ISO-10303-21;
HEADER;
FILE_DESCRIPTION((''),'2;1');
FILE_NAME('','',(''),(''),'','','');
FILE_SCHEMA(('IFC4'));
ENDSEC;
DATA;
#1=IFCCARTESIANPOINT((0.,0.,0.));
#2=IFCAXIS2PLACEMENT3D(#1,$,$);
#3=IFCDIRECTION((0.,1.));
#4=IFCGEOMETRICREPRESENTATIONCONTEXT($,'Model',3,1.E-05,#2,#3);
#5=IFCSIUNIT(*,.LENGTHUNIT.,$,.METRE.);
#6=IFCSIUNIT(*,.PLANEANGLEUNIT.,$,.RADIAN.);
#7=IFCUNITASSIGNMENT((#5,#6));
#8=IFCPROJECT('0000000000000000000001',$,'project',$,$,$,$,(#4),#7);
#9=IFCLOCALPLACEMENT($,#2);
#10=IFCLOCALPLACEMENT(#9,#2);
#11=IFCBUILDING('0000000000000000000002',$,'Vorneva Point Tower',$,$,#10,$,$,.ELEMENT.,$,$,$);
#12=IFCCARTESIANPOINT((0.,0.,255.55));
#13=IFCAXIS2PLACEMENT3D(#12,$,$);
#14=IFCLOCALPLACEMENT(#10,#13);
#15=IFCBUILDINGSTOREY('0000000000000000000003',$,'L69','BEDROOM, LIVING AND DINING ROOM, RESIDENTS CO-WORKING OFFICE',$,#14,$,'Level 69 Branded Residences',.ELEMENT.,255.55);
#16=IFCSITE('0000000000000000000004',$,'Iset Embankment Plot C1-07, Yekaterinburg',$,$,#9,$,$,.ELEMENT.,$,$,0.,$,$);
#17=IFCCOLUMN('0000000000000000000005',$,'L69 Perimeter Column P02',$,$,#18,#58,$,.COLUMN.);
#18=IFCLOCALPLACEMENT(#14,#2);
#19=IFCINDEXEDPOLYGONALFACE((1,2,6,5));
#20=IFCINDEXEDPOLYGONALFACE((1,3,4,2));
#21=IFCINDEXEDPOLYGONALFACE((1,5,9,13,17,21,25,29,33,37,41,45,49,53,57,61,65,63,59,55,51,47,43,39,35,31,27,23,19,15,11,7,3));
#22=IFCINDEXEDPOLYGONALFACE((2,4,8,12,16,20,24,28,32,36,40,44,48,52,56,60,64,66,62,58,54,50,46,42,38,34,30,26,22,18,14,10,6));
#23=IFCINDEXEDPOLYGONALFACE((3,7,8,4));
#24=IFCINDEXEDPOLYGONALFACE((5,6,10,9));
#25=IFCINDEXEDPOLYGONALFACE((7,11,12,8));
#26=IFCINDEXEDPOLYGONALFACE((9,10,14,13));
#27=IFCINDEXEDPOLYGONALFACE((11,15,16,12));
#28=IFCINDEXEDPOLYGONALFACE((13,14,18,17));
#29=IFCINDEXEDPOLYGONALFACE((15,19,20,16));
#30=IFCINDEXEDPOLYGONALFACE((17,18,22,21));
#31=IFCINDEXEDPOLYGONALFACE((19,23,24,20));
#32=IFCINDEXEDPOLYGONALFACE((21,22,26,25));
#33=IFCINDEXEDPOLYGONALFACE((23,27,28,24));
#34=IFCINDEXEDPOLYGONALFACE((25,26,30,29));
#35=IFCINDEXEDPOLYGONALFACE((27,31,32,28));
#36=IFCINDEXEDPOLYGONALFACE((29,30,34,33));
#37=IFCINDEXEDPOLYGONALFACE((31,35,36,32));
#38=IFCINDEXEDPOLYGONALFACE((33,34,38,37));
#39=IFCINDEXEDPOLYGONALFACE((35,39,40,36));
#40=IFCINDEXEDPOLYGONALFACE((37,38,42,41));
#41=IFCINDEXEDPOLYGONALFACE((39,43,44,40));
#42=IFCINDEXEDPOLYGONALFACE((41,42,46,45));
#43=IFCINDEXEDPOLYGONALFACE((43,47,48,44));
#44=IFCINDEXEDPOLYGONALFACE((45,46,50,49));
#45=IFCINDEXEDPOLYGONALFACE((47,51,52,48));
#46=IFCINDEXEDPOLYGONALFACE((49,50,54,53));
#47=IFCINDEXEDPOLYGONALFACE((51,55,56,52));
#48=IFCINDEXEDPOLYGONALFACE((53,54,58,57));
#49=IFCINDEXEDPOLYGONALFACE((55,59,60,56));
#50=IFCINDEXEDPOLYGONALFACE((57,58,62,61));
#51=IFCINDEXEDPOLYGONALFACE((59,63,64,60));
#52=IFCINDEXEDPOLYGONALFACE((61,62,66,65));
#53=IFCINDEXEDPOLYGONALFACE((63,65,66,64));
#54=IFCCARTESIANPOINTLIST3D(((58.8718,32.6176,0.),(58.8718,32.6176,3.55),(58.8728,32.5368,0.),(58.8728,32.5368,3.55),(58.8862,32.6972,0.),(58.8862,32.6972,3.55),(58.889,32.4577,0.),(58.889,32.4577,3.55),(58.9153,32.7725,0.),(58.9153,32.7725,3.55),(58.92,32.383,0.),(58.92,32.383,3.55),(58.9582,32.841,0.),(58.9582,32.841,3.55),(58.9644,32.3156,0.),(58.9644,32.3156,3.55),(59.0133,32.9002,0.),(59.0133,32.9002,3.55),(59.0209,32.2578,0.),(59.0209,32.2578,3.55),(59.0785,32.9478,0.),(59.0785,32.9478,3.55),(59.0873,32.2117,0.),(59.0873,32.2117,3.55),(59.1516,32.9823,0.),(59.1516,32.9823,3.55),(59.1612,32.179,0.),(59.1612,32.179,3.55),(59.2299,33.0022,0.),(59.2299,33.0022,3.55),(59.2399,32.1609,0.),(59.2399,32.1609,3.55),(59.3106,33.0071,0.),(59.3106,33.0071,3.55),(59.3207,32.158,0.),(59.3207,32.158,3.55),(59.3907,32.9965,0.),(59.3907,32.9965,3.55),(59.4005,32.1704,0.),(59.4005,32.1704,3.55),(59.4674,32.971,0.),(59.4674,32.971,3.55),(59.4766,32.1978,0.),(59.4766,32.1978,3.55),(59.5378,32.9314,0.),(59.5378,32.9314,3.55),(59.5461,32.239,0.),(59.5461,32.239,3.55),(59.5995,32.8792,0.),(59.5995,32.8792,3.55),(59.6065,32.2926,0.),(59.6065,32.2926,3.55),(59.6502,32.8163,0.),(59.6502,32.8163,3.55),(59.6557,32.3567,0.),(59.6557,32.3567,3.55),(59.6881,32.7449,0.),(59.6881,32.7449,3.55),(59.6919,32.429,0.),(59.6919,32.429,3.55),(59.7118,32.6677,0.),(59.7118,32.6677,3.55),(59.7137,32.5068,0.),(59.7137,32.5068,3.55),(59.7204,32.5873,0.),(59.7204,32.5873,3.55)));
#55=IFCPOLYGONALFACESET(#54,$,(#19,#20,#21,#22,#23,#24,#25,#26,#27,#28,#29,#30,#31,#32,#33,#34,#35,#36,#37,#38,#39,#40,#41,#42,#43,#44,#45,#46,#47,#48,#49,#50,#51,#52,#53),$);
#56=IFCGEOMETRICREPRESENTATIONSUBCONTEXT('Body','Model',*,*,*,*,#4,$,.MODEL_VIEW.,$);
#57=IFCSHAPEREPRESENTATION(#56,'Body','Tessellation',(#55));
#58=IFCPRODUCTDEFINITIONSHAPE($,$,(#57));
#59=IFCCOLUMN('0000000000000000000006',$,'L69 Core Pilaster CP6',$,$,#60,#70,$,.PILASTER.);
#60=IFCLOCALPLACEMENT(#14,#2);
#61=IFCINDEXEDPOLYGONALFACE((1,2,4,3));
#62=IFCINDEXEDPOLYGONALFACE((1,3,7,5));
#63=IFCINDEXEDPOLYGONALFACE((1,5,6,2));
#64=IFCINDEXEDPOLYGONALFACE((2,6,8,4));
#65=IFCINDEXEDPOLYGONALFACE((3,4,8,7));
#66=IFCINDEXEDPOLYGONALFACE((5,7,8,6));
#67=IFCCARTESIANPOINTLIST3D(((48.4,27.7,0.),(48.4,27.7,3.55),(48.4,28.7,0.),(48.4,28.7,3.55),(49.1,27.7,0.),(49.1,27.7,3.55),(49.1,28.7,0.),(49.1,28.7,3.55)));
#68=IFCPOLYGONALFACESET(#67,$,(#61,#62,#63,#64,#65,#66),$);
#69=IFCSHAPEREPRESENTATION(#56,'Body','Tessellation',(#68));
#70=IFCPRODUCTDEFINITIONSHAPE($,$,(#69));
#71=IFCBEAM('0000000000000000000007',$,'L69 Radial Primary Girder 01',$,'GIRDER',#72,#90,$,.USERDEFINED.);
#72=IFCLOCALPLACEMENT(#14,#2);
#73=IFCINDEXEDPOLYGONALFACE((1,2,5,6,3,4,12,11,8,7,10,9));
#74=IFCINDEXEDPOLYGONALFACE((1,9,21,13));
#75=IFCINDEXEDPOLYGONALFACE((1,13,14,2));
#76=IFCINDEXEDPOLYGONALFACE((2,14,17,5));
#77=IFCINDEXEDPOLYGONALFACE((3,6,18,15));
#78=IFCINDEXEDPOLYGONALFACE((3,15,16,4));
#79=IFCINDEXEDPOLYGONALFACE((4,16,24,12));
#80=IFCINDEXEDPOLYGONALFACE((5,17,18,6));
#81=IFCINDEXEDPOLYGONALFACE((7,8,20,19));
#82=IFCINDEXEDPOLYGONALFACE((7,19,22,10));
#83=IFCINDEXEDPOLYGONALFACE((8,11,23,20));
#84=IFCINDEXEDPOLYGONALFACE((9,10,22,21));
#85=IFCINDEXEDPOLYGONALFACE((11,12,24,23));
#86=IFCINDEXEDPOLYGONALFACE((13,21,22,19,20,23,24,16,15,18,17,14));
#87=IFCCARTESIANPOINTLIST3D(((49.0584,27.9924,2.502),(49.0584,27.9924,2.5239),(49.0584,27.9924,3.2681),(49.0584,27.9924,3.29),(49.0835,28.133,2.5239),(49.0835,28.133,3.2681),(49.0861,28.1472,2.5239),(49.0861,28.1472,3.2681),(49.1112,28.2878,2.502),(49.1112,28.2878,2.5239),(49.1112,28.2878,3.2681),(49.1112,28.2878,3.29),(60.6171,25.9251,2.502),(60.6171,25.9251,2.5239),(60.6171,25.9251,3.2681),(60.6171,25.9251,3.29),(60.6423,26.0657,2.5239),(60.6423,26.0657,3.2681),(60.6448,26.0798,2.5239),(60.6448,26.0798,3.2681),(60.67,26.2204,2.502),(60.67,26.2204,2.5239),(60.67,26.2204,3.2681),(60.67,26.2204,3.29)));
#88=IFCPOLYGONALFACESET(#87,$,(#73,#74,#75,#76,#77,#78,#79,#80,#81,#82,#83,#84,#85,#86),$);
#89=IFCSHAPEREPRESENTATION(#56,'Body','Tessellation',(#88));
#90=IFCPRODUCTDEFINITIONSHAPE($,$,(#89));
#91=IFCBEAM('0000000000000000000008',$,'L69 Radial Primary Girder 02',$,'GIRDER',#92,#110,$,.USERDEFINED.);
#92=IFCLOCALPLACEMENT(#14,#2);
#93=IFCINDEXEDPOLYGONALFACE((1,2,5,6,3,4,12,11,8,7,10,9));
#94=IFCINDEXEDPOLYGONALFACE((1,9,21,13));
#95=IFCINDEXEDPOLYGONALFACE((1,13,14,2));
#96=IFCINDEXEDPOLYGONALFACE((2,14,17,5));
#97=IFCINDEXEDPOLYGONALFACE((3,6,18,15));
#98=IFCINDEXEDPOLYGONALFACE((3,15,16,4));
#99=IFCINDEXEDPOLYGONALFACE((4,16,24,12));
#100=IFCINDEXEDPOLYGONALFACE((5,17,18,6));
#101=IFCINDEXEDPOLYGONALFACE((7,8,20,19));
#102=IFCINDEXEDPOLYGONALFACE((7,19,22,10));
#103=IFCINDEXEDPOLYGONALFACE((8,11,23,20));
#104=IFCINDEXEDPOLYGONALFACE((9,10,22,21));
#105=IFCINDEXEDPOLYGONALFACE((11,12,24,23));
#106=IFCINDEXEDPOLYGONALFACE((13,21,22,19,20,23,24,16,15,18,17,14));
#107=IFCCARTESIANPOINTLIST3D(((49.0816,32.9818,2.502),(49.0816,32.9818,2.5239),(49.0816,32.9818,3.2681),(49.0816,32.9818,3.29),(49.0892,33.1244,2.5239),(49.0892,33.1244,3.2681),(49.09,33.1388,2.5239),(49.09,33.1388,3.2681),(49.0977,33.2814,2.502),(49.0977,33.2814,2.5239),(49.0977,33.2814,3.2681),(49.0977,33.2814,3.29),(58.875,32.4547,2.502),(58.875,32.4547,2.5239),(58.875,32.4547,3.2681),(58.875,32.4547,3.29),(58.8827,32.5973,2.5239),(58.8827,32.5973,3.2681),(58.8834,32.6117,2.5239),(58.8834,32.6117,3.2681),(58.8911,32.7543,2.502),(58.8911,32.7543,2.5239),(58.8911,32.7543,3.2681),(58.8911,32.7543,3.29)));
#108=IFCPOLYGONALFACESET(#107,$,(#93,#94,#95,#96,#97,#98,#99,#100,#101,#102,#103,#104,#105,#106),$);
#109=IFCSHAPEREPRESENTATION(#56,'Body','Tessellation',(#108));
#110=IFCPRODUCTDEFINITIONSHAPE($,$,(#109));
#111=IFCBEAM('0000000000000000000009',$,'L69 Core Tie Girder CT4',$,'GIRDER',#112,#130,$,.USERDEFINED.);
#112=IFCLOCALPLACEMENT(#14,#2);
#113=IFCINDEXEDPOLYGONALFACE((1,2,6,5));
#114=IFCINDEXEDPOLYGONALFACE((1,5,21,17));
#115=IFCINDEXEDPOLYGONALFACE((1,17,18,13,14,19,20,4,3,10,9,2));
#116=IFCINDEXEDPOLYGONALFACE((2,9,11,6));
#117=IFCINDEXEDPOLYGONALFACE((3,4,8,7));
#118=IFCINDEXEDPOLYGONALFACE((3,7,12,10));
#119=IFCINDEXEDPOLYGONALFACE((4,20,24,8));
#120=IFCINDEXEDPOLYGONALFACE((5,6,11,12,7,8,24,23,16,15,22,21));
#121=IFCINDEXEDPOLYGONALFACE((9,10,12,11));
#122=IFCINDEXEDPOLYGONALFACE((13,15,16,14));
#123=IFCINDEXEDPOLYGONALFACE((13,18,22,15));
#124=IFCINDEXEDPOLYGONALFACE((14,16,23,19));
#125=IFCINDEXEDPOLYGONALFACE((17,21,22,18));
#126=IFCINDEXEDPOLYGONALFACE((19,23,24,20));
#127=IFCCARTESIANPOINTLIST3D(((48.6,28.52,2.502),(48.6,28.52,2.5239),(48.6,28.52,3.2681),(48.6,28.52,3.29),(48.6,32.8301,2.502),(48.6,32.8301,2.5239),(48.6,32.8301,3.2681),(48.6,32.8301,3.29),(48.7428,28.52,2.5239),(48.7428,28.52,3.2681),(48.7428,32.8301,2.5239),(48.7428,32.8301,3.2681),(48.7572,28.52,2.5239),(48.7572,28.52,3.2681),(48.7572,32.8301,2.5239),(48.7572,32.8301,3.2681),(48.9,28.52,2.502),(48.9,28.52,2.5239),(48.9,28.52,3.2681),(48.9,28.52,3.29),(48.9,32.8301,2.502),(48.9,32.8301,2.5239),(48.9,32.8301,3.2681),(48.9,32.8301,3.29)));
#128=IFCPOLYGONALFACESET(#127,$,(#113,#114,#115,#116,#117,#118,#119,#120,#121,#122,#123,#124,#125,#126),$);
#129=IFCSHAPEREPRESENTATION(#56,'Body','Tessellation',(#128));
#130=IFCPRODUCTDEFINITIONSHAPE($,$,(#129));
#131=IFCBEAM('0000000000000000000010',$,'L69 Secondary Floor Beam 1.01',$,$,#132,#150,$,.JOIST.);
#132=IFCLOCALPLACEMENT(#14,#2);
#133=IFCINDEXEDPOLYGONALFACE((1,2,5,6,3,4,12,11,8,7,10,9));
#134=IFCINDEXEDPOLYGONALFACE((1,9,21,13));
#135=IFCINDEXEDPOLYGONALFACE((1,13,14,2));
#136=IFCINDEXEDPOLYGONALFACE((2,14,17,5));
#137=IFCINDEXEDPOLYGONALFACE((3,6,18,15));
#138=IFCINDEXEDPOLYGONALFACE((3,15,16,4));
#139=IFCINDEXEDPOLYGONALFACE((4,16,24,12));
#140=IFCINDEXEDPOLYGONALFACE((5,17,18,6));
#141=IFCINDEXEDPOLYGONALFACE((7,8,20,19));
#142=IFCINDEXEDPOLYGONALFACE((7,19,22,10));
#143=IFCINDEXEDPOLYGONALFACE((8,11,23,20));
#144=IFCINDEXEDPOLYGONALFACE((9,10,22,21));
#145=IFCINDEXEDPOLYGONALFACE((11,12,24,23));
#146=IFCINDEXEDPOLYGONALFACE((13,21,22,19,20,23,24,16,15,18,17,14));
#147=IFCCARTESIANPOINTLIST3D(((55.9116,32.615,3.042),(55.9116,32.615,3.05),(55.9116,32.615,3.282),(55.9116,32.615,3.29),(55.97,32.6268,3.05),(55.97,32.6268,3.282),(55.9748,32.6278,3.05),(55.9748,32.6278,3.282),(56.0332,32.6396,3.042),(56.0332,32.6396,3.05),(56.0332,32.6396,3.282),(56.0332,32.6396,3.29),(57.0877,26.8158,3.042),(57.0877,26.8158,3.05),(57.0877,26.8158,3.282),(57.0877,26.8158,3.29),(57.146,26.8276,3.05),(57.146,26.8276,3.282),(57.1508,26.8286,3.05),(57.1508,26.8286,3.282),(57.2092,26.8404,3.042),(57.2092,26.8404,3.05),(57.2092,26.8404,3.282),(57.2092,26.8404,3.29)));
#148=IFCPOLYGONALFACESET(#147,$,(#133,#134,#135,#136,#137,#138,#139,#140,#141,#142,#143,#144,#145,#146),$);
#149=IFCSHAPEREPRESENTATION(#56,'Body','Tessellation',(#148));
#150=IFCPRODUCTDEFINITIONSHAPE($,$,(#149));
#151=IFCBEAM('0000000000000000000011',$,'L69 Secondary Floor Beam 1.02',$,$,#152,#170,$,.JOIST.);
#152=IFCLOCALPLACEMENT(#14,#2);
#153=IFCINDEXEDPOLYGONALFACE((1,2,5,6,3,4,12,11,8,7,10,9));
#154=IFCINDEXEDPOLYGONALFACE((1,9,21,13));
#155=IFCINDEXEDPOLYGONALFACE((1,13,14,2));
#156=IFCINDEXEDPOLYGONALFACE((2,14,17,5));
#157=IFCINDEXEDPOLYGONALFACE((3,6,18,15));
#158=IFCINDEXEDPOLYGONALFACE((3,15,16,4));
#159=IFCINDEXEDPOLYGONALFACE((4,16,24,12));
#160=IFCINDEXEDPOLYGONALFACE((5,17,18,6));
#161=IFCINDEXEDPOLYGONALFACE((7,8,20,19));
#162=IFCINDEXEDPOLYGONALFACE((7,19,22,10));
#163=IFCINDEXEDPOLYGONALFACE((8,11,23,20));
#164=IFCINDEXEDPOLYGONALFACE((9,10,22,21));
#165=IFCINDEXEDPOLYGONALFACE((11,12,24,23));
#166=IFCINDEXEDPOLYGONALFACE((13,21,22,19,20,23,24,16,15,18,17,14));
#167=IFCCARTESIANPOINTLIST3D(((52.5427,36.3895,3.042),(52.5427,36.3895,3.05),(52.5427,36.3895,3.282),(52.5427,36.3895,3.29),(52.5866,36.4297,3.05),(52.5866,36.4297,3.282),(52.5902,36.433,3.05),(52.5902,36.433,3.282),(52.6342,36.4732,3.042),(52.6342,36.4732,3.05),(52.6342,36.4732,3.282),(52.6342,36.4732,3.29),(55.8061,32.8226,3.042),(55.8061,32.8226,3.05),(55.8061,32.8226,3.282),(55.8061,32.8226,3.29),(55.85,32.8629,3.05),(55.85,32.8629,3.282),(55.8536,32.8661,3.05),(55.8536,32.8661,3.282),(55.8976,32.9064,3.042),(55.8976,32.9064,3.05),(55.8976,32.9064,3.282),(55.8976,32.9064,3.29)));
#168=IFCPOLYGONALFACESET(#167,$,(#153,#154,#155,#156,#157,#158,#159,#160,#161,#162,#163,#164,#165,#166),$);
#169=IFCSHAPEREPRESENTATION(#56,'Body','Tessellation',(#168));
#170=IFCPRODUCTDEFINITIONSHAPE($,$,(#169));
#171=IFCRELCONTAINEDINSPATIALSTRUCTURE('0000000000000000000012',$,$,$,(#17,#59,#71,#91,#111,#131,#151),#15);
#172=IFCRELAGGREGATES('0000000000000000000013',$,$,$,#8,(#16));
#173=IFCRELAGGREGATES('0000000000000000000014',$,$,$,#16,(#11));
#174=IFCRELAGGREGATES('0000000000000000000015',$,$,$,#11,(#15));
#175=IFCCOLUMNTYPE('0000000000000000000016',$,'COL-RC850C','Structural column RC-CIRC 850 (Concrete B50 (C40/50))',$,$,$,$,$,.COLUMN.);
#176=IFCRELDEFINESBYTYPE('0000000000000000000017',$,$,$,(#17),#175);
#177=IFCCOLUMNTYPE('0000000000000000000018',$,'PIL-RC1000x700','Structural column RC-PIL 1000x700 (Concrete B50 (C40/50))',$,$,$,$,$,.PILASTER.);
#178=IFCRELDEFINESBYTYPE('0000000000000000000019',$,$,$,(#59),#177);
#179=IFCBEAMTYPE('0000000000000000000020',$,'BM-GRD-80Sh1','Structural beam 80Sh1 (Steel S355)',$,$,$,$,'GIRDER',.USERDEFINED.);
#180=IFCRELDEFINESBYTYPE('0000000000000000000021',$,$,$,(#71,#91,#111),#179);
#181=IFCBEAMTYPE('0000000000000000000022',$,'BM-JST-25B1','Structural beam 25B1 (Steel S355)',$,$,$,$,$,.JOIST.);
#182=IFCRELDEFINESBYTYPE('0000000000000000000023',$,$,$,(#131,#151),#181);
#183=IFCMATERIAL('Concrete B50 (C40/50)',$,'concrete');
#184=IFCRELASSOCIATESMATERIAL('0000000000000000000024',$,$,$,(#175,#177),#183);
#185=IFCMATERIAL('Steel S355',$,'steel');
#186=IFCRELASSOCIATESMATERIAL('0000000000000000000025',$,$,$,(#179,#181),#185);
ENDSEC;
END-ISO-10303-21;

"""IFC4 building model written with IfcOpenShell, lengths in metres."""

from ifc_helpers import new_model, si_unit, direction, frame, origin, origin_2d, place, context, subcontext, project, spatial, rectangle, circle, i_section, extrude, material, material_profile, profile_set, type_object, element, save


model = new_model("IFC4")

# Units and contexts
model_context = context("Model", 3, precision=1e-05, world=origin(), true_north=direction((0.0, 1.0)))
body_context = subcontext(model_context, "Body", "Model", "MODEL_VIEW")
ifc_project = project(units=[si_unit("LENGTHUNIT", "METRE"), si_unit("PLANEANGLEUNIT", "RADIAN")], contexts=[model_context])

# Site, building, storey
site_placement = place(None, origin())
site = spatial("IfcSite", under=ifc_project, at=site_placement, Name="Iset Embankment Plot C1-07, Yekaterinburg", CompositionType="ELEMENT", RefElevation=0.0)
building_placement = place(site_placement, origin())
building = spatial("IfcBuilding", under=site, at=building_placement, Name="Vorneva Point Tower", CompositionType="ELEMENT")
storey_placement = place(building_placement, frame((0.0, 0.0, 255.55)))
storey = spatial("IfcBuildingStorey", under=building, at=storey_placement, Name="L69", Description="BEDROOM, LIVING AND DINING ROOM, RESIDENTS CO-WORKING OFFICE", LongName="Level 69 Branded Residences", CompositionType="ELEMENT", Elevation=255.55)

# Columns
ifc_material_1 = material(Name="Concrete B50 (C40/50)", Category="concrete")
ifc_material_profile_1 = material_profile(ifc_material_1, circle(Radius=0.425, at=origin_2d()), Name="RC-CIRC 850")
ifc_profile_set_1 = profile_set([ifc_material_profile_1], Name="Concrete B50 (C40/50)")
column_type_1 = type_object("IfcColumnType", Name="COL-RC850C", Description="Structural column RC-CIRC 850 (Concrete B50 (C40/50))", PredefinedType="COLUMN", material=ifc_profile_set_1)
column_1_placement = place(storey_placement, frame((59.2954, 32.5823, 0.0), z_axis=(0.0, 0.0, 1.0), x_axis=(0.92388, 0.382683, 0.0)))
element("IfcColumn", 1, at=column_1_placement, inside=storey, type_object=column_type_1, Name="L69 Perimeter Column P02", PredefinedType="COLUMN", context=body_context, shape_type="SweptSolid", body=[
    extrude(circle(Radius=0.425, at=origin_2d()), origin(), (0.0, 0.0, 1.0), 3.55),
])
ifc_material_profile_2 = material_profile(ifc_material_1, rectangle(XDim=0.7, YDim=1.0, at=origin_2d()), Name="RC-PIL 1000x700")
ifc_profile_set_2 = profile_set([ifc_material_profile_2], Name="Concrete B50 (C40/50)")
column_type_2 = type_object("IfcColumnType", Name="PIL-RC1000x700", Description="Structural column RC-PIL 1000x700 (Concrete B50 (C40/50))", PredefinedType="PILASTER", material=ifc_profile_set_2)
column_2_placement = place(storey_placement, frame((48.75, 28.2, 0.0), z_axis=(0.0, 0.0, 1.0), x_axis=(1.0, 0.0, 0.0)))
element("IfcColumn", 2, at=column_2_placement, inside=storey, type_object=column_type_2, Name="L69 Core Pilaster CP6", PredefinedType="PILASTER", context=body_context, shape_type="SweptSolid", body=[
    extrude(rectangle(XDim=0.7, YDim=1.0, at=origin_2d()), origin(), (0.0, 0.0, 1.0), 3.55),
])

# Beams
ifc_material_2 = material(Name="Steel S355", Category="steel")
ifc_material_profile_3 = material_profile(ifc_material_2, i_section(OverallWidth=0.3, OverallDepth=0.7881, WebThickness=0.0144, FlangeThickness=0.022, at=origin_2d()), Name="80Sh1")
ifc_profile_set_3 = profile_set([ifc_material_profile_3], Name="Steel S355")
beam_type_1 = type_object("IfcBeamType", Name="BM-GRD-80Sh1", Description="Structural beam 80Sh1 (Steel S355)", ElementType="GIRDER", PredefinedType="USERDEFINED", material=ifc_profile_set_3)
beam_1_placement = place(storey_placement, frame((60.6436, 26.0728, 2.896), z_axis=(-0.984379, 0.176063, 0.0), x_axis=(-0.176063, -0.984379, 0.0)))
element("IfcBeam", 3, at=beam_1_placement, inside=storey, type_object=beam_type_1, Name="L69 Radial Primary Girder 01", ObjectType="GIRDER", PredefinedType="USERDEFINED", context=body_context, shape_type="SweptSolid", body=[
    extrude(i_section(OverallWidth=0.3, OverallDepth=0.7881, WebThickness=0.0144, FlangeThickness=0.022, at=origin_2d()), origin(), (0.0, 0.0, 1.0), 11.7422),
])
beam_2_placement = place(storey_placement, frame((58.8831, 32.6045, 2.896), z_axis=(-0.998555, 0.053744, 0.0), x_axis=(-0.053744, -0.998555, 0.0)))
element("IfcBeam", 4, at=beam_2_placement, inside=storey, type_object=beam_type_1, Name="L69 Radial Primary Girder 02", ObjectType="GIRDER", PredefinedType="USERDEFINED", context=body_context, shape_type="SweptSolid", body=[
    extrude(i_section(OverallWidth=0.3, OverallDepth=0.7881, WebThickness=0.0144, FlangeThickness=0.022, at=origin_2d()), origin(), (0.0, 0.0, 1.0), 9.8076),
])
beam_3_placement = place(storey_placement, frame((48.75, 28.52, 2.896), z_axis=(0.0, 1.0, 0.0), x_axis=(-1.0, 0.0, 0.0)))
element("IfcBeam", 5, at=beam_3_placement, inside=storey, type_object=beam_type_1, Name="L69 Core Tie Girder CT4", ObjectType="GIRDER", PredefinedType="USERDEFINED", context=body_context, shape_type="SweptSolid", body=[
    extrude(i_section(OverallWidth=0.3, OverallDepth=0.7881, WebThickness=0.0144, FlangeThickness=0.022, at=origin_2d()), origin(), (0.0, 0.0, 1.0), 4.3101),
])
ifc_material_profile_4 = material_profile(ifc_material_2, i_section(OverallWidth=0.124, OverallDepth=0.248, WebThickness=0.0049, FlangeThickness=0.0081, at=origin_2d()), Name="25B1")
ifc_profile_set_4 = profile_set([ifc_material_profile_4], Name="Steel S355")
beam_type_2 = type_object("IfcBeamType", Name="BM-JST-25B1", Description="Structural beam 25B1 (Steel S355)", PredefinedType="JOIST", material=ifc_profile_set_4)
beam_4_placement = place(storey_placement, frame((57.1484, 26.8281, 3.166), z_axis=(-0.19875, 0.98005, 0.0), x_axis=(-0.98005, -0.19875, 0.0)))
element("IfcBeam", 6, at=beam_4_placement, inside=storey, type_object=beam_type_2, Name="L69 Secondary Floor Beam 1.01", PredefinedType="JOIST", context=body_context, shape_type="SweptSolid", body=[
    extrude(i_section(OverallWidth=0.124, OverallDepth=0.248, WebThickness=0.0049, FlangeThickness=0.0081, at=origin_2d()), origin(), (0.0, 0.0, 1.0), 5.9172),
])
beam_5_placement = place(storey_placement, frame((55.8518, 32.8645, 3.166), z_axis=(-0.675025, 0.737795, 0.0), x_axis=(-0.737795, -0.675025, 0.0)))
element("IfcBeam", 7, at=beam_5_placement, inside=storey, type_object=beam_type_2, Name="L69 Secondary Floor Beam 1.02", PredefinedType="JOIST", context=body_context, shape_type="SweptSolid", body=[
    extrude(i_section(OverallWidth=0.124, OverallDepth=0.248, WebThickness=0.0049, FlangeThickness=0.0081, at=origin_2d()), origin(), (0.0, 0.0, 1.0), 4.8345),
])

save(model, "model.ifc")
